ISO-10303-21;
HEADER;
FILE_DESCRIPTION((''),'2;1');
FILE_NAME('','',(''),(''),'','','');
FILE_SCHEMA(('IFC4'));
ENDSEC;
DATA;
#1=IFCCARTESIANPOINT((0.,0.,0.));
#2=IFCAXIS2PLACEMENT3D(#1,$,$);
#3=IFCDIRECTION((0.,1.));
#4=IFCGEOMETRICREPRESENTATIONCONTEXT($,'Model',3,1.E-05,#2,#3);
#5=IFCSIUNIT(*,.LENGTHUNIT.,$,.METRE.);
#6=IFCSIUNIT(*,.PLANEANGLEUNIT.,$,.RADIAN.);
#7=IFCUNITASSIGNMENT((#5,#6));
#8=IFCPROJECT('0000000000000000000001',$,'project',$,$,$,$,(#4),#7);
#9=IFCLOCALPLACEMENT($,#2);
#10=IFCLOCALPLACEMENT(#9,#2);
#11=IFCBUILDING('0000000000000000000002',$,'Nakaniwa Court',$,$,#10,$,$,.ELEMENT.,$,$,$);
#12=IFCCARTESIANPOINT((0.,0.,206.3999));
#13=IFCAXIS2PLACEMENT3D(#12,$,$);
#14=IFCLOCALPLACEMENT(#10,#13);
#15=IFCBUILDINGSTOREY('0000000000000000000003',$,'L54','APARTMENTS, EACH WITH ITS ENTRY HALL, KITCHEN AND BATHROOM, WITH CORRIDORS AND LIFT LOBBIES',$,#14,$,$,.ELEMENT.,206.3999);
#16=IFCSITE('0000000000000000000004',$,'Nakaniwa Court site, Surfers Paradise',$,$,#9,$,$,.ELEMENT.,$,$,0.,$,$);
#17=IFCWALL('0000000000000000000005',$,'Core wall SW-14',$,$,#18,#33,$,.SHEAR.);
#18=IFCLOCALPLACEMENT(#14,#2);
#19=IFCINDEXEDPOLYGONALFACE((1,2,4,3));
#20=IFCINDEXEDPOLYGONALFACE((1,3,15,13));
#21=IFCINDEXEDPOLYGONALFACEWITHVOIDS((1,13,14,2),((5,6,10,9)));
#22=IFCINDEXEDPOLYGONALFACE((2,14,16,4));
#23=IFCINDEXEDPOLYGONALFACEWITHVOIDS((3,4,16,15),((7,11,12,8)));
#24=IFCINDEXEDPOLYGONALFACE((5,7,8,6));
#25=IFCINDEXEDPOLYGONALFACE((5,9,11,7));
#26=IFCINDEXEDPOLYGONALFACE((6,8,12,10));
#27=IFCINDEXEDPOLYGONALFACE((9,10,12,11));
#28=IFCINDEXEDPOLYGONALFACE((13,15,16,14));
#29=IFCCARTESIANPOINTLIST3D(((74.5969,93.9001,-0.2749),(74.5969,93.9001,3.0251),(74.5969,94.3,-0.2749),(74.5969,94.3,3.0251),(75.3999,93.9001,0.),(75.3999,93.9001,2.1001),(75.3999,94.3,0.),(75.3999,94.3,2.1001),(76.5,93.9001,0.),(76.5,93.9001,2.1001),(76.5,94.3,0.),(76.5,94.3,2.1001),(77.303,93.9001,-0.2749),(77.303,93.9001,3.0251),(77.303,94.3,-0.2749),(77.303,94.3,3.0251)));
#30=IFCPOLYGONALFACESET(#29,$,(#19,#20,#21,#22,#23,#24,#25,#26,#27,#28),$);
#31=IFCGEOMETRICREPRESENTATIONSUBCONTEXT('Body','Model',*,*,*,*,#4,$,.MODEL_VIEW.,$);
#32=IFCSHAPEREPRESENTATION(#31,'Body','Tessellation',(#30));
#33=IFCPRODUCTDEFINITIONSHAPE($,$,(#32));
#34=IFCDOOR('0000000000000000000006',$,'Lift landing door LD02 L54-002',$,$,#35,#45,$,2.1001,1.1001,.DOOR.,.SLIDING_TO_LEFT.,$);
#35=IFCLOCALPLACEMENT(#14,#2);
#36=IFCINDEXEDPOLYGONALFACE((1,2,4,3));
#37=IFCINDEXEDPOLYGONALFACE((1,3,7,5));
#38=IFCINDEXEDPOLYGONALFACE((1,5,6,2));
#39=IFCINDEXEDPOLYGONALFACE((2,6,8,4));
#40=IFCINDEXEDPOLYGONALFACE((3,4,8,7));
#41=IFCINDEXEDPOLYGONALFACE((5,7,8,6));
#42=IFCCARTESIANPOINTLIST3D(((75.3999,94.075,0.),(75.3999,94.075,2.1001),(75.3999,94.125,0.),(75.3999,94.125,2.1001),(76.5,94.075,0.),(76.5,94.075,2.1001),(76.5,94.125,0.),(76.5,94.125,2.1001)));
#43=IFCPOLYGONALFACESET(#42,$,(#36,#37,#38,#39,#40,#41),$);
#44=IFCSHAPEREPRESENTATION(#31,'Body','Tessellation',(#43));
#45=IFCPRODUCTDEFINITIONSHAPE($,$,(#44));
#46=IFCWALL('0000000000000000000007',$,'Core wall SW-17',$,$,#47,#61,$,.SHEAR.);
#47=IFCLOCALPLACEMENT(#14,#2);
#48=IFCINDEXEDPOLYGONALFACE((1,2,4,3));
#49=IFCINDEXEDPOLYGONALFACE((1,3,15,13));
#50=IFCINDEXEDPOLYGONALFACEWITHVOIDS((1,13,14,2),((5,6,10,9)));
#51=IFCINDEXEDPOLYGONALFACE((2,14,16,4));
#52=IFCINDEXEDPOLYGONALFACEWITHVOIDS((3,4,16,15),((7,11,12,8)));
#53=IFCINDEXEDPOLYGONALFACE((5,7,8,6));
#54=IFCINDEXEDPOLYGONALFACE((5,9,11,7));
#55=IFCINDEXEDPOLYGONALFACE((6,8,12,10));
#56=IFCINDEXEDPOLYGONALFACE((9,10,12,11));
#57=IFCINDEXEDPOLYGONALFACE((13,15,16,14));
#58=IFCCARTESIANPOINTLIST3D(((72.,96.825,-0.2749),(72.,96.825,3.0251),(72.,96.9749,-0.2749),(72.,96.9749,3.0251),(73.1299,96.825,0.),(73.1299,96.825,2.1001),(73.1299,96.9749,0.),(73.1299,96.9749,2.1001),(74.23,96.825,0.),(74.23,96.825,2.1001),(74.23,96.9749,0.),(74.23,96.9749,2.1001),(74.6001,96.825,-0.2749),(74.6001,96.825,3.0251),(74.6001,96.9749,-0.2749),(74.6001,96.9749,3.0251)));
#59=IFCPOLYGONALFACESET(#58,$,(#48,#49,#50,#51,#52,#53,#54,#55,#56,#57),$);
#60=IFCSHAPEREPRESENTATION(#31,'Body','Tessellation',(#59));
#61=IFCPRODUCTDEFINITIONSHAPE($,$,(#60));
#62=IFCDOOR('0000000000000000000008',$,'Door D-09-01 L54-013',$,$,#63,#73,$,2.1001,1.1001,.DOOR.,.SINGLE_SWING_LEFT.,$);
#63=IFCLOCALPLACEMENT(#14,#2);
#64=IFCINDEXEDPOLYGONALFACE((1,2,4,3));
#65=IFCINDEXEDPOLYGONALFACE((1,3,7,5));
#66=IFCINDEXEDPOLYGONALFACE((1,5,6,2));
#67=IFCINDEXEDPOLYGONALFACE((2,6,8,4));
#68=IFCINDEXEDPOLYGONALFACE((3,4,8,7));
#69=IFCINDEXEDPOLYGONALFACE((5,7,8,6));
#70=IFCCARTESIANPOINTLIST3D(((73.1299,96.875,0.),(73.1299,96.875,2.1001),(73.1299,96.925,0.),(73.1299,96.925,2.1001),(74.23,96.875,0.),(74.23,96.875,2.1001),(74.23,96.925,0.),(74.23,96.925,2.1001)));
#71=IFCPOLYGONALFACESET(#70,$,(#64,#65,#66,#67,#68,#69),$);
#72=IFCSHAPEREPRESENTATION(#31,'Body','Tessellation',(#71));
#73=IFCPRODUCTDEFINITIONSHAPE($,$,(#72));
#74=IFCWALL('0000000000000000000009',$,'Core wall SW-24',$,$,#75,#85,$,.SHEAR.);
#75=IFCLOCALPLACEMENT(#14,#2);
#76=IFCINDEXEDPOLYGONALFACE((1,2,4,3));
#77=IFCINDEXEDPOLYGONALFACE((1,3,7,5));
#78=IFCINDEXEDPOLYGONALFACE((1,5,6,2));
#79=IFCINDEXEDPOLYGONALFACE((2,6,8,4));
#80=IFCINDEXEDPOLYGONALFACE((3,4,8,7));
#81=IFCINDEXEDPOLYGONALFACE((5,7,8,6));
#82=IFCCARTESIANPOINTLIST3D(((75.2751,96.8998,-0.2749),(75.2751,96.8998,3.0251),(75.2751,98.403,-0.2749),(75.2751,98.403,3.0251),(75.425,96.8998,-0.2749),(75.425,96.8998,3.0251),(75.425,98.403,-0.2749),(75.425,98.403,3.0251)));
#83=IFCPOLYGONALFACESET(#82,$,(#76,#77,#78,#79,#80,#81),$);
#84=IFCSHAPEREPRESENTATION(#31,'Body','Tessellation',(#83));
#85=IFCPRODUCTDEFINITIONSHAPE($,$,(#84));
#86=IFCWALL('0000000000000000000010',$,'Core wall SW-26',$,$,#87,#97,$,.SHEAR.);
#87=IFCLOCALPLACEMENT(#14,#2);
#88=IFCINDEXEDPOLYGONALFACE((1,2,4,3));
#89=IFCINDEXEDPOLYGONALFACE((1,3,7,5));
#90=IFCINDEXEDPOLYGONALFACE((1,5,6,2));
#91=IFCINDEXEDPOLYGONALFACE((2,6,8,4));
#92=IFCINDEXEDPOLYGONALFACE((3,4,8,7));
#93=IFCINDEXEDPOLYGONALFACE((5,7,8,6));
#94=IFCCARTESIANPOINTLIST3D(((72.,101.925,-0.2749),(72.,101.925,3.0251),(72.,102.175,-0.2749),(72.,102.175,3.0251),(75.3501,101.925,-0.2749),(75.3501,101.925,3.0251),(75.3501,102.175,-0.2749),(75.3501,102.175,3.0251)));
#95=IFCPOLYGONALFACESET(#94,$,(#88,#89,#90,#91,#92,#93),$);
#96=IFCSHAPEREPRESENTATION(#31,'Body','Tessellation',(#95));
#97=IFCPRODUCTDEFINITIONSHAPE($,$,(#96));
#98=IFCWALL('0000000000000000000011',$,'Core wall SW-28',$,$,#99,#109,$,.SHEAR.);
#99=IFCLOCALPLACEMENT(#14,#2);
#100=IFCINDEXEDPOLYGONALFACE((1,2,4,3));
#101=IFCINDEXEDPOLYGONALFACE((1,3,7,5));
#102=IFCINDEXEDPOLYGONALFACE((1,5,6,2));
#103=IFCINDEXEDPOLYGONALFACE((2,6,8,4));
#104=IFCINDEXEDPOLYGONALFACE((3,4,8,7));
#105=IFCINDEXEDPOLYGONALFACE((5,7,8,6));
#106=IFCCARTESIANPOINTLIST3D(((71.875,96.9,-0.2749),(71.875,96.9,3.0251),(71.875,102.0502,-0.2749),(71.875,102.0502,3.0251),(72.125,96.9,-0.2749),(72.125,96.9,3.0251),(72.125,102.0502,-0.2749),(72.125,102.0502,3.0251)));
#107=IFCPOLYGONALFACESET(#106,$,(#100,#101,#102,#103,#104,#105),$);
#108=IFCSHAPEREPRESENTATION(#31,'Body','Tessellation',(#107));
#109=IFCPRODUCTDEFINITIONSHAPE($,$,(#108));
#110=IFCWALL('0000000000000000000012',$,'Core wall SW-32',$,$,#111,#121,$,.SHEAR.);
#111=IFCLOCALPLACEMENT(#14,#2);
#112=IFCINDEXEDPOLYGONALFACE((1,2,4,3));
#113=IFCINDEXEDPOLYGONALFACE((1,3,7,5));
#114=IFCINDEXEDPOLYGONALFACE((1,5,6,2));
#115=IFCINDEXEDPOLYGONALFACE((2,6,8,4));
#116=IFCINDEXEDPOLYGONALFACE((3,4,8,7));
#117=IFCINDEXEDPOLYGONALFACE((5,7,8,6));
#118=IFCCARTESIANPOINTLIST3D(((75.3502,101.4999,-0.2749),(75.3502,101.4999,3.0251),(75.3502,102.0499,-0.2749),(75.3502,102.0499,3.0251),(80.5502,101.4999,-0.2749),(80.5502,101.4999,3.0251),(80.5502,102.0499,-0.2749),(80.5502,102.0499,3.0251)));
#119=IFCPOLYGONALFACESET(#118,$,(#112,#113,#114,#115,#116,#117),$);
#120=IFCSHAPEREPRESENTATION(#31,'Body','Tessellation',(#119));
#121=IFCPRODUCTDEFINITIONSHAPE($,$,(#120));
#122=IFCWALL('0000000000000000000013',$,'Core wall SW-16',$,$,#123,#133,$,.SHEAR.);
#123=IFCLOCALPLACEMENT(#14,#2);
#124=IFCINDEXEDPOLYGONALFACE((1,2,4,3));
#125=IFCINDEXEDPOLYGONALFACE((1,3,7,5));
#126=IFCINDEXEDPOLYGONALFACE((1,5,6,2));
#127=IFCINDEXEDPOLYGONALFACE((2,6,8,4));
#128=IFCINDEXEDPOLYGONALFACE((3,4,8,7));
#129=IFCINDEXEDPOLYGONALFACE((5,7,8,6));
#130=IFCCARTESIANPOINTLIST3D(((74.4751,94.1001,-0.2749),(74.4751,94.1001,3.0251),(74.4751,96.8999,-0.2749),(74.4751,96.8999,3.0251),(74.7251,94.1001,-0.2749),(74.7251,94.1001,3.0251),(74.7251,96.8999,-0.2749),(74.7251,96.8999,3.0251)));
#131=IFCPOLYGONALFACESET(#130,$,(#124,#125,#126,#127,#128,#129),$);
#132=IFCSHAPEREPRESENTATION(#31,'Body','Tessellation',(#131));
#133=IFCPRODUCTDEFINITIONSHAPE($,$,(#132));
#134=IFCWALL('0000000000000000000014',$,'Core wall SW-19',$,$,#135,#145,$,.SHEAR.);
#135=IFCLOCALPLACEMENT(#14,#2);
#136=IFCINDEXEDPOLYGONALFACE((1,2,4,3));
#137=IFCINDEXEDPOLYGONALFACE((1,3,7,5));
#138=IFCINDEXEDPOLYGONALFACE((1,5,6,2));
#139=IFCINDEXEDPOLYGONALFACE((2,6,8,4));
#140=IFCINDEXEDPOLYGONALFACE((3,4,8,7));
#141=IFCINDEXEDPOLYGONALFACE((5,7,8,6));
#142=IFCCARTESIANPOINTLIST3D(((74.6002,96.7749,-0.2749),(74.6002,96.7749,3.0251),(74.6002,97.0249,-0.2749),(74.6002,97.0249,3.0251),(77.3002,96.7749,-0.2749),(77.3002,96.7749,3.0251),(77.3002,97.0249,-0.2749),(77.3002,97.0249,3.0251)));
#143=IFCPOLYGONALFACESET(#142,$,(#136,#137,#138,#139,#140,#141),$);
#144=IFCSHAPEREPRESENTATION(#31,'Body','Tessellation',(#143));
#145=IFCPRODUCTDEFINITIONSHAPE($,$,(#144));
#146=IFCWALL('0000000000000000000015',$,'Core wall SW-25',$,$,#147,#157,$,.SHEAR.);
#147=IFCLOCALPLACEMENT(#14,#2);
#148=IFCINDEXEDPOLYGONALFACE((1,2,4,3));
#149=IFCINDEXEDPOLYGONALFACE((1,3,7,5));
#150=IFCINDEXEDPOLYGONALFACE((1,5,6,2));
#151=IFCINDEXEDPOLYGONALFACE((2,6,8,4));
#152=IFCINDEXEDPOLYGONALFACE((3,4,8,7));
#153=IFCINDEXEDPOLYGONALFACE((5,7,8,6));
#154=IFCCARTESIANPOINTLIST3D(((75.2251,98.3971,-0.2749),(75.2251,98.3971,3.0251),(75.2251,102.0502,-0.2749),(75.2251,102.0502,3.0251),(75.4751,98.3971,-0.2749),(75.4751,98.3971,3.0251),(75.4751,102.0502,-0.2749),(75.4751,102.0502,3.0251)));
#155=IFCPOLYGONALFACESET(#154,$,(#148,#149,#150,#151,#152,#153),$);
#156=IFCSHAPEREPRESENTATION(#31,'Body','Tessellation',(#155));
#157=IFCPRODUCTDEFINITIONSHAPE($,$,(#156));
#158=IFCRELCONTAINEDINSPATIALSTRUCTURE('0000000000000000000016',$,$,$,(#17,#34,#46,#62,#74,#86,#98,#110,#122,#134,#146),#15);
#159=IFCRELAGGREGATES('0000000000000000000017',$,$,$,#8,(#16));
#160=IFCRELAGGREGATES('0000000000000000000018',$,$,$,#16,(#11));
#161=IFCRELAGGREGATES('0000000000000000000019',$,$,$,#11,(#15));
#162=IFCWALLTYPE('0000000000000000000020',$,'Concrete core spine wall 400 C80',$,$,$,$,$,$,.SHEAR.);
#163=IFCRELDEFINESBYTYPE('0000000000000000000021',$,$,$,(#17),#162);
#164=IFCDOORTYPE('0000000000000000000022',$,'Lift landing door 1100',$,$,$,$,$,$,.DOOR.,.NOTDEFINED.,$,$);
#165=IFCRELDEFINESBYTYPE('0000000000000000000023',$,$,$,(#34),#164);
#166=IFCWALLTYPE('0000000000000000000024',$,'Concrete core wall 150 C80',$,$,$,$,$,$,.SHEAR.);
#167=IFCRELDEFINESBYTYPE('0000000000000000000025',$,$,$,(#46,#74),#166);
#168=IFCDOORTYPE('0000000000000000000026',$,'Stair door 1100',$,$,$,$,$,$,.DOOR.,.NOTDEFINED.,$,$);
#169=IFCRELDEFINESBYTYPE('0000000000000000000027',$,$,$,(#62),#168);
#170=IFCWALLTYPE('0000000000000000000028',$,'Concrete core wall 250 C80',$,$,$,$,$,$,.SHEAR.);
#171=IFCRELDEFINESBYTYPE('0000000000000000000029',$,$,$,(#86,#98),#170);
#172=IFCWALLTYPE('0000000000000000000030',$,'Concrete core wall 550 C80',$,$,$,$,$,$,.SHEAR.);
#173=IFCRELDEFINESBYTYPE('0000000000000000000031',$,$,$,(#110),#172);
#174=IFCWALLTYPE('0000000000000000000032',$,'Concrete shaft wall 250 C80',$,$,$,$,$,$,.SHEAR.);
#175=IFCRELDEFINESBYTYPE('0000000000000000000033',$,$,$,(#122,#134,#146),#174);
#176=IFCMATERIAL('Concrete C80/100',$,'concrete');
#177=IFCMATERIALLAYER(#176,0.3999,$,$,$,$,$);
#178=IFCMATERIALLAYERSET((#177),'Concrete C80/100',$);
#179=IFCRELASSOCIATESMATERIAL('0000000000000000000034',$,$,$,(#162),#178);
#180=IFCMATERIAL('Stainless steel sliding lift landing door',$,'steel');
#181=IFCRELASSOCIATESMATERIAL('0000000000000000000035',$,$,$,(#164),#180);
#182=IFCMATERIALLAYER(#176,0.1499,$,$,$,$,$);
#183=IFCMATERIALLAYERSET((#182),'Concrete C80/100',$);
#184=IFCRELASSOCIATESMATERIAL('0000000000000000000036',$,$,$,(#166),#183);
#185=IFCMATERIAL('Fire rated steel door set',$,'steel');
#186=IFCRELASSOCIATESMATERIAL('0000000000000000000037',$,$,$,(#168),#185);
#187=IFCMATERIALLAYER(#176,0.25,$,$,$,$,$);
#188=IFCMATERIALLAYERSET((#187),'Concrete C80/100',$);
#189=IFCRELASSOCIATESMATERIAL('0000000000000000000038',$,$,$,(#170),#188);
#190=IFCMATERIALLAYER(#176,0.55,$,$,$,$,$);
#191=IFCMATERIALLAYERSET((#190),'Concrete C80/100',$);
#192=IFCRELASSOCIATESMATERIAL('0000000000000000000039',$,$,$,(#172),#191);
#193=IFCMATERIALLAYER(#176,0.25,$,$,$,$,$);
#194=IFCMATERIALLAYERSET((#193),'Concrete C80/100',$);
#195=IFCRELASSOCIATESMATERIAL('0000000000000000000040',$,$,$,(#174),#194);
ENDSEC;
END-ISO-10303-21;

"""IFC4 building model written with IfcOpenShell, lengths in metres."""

from ifc_helpers import new_model, si_unit, direction, frame, frame_2d, origin, place, context, subcontext, project, spatial, rectangle, extrude, material, layer, layer_set, type_object, element, fill, save


model = new_model("IFC4")

# Units and contexts
model_context = context("Model", 3, precision=1e-05, world=origin(), true_north=direction((0.0, 1.0)))
body_context = subcontext(model_context, "Body", "Model", "MODEL_VIEW")
ifc_project = project(units=[si_unit("LENGTHUNIT", "METRE"), si_unit("PLANEANGLEUNIT", "RADIAN")], contexts=[model_context])

# Site, building, storey
site_placement = place(None, origin())
site = spatial("IfcSite", under=ifc_project, at=site_placement, Name="Nakaniwa Court site, Surfers Paradise", CompositionType="ELEMENT", RefElevation=0.0)
building_placement = place(site_placement, origin())
building = spatial("IfcBuilding", under=site, at=building_placement, Name="Nakaniwa Court", CompositionType="ELEMENT")
storey_placement = place(building_placement, frame((0.0, 0.0, 206.3999)))
storey = spatial("IfcBuildingStorey", under=building, at=storey_placement, Name="L54", Description="APARTMENTS, EACH WITH ITS ENTRY HALL, KITCHEN AND BATHROOM, WITH CORRIDORS AND LIFT LOBBIES", CompositionType="ELEMENT", Elevation=206.3999)

# Shared definitions
ifc_material_1 = material(Name="Concrete C80/100", Category="concrete")

# Shared definitions
ifc_material_2 = material(Name="Fire rated steel door set", Category="steel")

# Walls, openings, doors
ifc_layer_1 = layer(ifc_material_1, 0.3999)
ifc_layer_set_1 = layer_set([ifc_layer_1], Name="Concrete C80/100")
wall_type_1 = type_object("IfcWallType", Name="Concrete core spine wall 400 C80", PredefinedType="SHEAR", material=ifc_layer_set_1)
wall_1_placement = place(storey_placement, frame((74.5969, 94.1001, -0.2749), z_axis=(0.0, 0.0, 1.0), x_axis=(1.0, 0.0, 0.0)))
wall_1 = element("IfcWall", 1, at=wall_1_placement, inside=storey, type_object=wall_type_1, Name="Core wall SW-14", PredefinedType="SHEAR", context=body_context, shape_type="SweptSolid", body=[
    extrude(rectangle(XDim=2.7061, YDim=0.3999, at=frame_2d((1.353, 0.0))), origin(), (0.0, 0.0, 1.0), 3.3),
])
opening_1_placement = place(wall_1_placement, frame((0.803, 0.0, 0.2749)))
opening_1 = element("IfcOpeningElement", 2, at=opening_1_placement, cuts=wall_1, PredefinedType="OPENING", context=body_context, shape_type="SweptSolid", body=[
    extrude(rectangle(XDim=1.1001, YDim=2.1001, at=frame_2d((0.55, 1.05))), frame((0.0, 0.21, 0.0), z_axis=(0.0, -1.0, 0.0), x_axis=(1.0, 0.0, 0.0)), (0.0, 0.0, 1.0), 0.4199),
])
ifc_material_3 = material(Name="Stainless steel sliding lift landing door", Category="steel")
door_type_1 = type_object("IfcDoorType", Name="Lift landing door 1100", OperationType="NOTDEFINED", PredefinedType="DOOR", material=ifc_material_3)
door_1_placement = place(opening_1_placement, origin())
door_1 = element("IfcDoor", 3, at=door_1_placement, inside=storey, type_object=door_type_1, Name="Lift landing door LD02 L54-002", OperationType="SLIDING_TO_LEFT", OverallHeight=2.1001, OverallWidth=1.1001, PredefinedType="DOOR", context=body_context, shape_type="SweptSolid", body=[
    extrude(rectangle(XDim=1.1001, YDim=2.1001, at=frame_2d((0.55, 1.05))), frame((0.0, 0.0249, 0.0), z_axis=(0.0, -1.0, 0.0), x_axis=(1.0, 0.0, 0.0)), (0.0, 0.0, 1.0), 0.05),
])
fill(opening_1, door_1)
ifc_layer_2 = layer(ifc_material_1, 0.1499)
ifc_layer_set_2 = layer_set([ifc_layer_2], Name="Concrete C80/100")
wall_type_2 = type_object("IfcWallType", Name="Concrete core wall 150 C80", PredefinedType="SHEAR", material=ifc_layer_set_2)
wall_2_placement = place(storey_placement, frame((74.6001, 96.8999, -0.2749), z_axis=(0.0, 0.0, 1.0), x_axis=(-1.0, 0.0, 0.0)))
wall_2 = element("IfcWall", 4, at=wall_2_placement, inside=storey, type_object=wall_type_2, Name="Core wall SW-17", PredefinedType="SHEAR", context=body_context, shape_type="SweptSolid", body=[
    extrude(rectangle(XDim=2.6001, YDim=0.1499, at=frame_2d((1.3, 0.0))), origin(), (0.0, 0.0, 1.0), 3.3),
])
opening_2_placement = place(wall_2_placement, frame((0.3701, 0.0, 0.2749)))
opening_2 = element("IfcOpeningElement", 5, at=opening_2_placement, cuts=wall_2, PredefinedType="OPENING", context=body_context, shape_type="SweptSolid", body=[
    extrude(rectangle(XDim=1.1001, YDim=2.1001, at=frame_2d((0.55, 1.05))), frame((0.0, 0.085, 0.0), z_axis=(0.0, -1.0, 0.0), x_axis=(1.0, 0.0, 0.0)), (0.0, 0.0, 1.0), 0.1699),
])
door_type_2 = type_object("IfcDoorType", Name="Stair door 1100", OperationType="NOTDEFINED", PredefinedType="DOOR", material=ifc_material_2)
door_2_placement = place(opening_2_placement, origin())
door_2 = element("IfcDoor", 6, at=door_2_placement, inside=storey, type_object=door_type_2, Name="Door D-09-01 L54-013", OperationType="SINGLE_SWING_LEFT", OverallHeight=2.1001, OverallWidth=1.1001, PredefinedType="DOOR", context=body_context, shape_type="SweptSolid", body=[
    extrude(rectangle(XDim=1.1001, YDim=2.1001, at=frame_2d((0.55, 1.05))), frame((0.0, 0.0249, 0.0), z_axis=(0.0, -1.0, 0.0), x_axis=(1.0, 0.0, 0.0)), (0.0, 0.0, 1.0), 0.05),
])
fill(opening_2, door_2)

# Walls
wall_3_placement = place(storey_placement, frame((75.3501, 96.8999, -0.2749), z_axis=(0.0, 0.0, 1.0), x_axis=(0.0, 1.0, 0.0)))
element("IfcWall", 7, at=wall_3_placement, inside=storey, type_object=wall_type_2, Name="Core wall SW-24", PredefinedType="SHEAR", context=body_context, shape_type="SweptSolid", body=[
    extrude(rectangle(XDim=1.5032, YDim=0.1499, at=frame_2d((0.7515, 0.0))), origin(), (0.0, 0.0, 1.0), 3.3),
])
ifc_layer_3 = layer(ifc_material_1, 0.25)
ifc_layer_set_3 = layer_set([ifc_layer_3], Name="Concrete C80/100")
wall_type_3 = type_object("IfcWallType", Name="Concrete core wall 250 C80", PredefinedType="SHEAR", material=ifc_layer_set_3)
wall_4_placement = place(storey_placement, frame((72.0, 102.05, -0.2749), z_axis=(0.0, 0.0, 1.0), x_axis=(1.0, 0.0, 0.0)))
element("IfcWall", 8, at=wall_4_placement, inside=storey, type_object=wall_type_3, Name="Core wall SW-26", PredefinedType="SHEAR", context=body_context, shape_type="SweptSolid", body=[
    extrude(rectangle(XDim=3.3501, YDim=0.25, at=frame_2d((1.675, 0.0))), origin(), (0.0, 0.0, 1.0), 3.3),
])
wall_5_placement = place(storey_placement, frame((72.0, 96.8999, -0.2749), z_axis=(0.0, 0.0, 1.0), x_axis=(0.0, 1.0, 0.0)))
element("IfcWall", 9, at=wall_5_placement, inside=storey, type_object=wall_type_3, Name="Core wall SW-28", PredefinedType="SHEAR", context=body_context, shape_type="SweptSolid", body=[
    extrude(rectangle(XDim=5.1501, YDim=0.25, at=frame_2d((2.5752, 0.0))), origin(), (0.0, 0.0, 1.0), 3.3),
])
ifc_layer_4 = layer(ifc_material_1, 0.55)
ifc_layer_set_4 = layer_set([ifc_layer_4], Name="Concrete C80/100")
wall_type_4 = type_object("IfcWallType", Name="Concrete core wall 550 C80", PredefinedType="SHEAR", material=ifc_layer_set_4)
wall_6_placement = place(storey_placement, frame((75.3501, 101.7749, -0.2749), z_axis=(0.0, 0.0, 1.0), x_axis=(1.0, 0.0, 0.0)))
element("IfcWall", 10, at=wall_6_placement, inside=storey, type_object=wall_type_4, Name="Core wall SW-32", PredefinedType="SHEAR", context=body_context, shape_type="SweptSolid", body=[
    extrude(rectangle(XDim=5.2, YDim=0.55, at=frame_2d((2.6001, 0.0))), origin(), (0.0, 0.0, 1.0), 3.3),
])
ifc_layer_5 = layer(ifc_material_1, 0.25)
ifc_layer_set_5 = layer_set([ifc_layer_5], Name="Concrete C80/100")
wall_type_5 = type_object("IfcWallType", Name="Concrete shaft wall 250 C80", PredefinedType="SHEAR", material=ifc_layer_set_5)
wall_7_placement = place(storey_placement, frame((74.6001, 94.1001, -0.2749), z_axis=(0.0, 0.0, 1.0), x_axis=(0.0, 1.0, 0.0)))
element("IfcWall", 11, at=wall_7_placement, inside=storey, type_object=wall_type_5, Name="Core wall SW-16", PredefinedType="SHEAR", context=body_context, shape_type="SweptSolid", body=[
    extrude(rectangle(XDim=2.7998, YDim=0.25, at=frame_2d((1.3999, 0.0))), origin(), (0.0, 0.0, 1.0), 3.3),
])
wall_8_placement = place(storey_placement, frame((74.6001, 96.8999, -0.2749), z_axis=(0.0, 0.0, 1.0), x_axis=(1.0, 0.0, 0.0)))
element("IfcWall", 12, at=wall_8_placement, inside=storey, type_object=wall_type_5, Name="Core wall SW-19", PredefinedType="SHEAR", context=body_context, shape_type="SweptSolid", body=[
    extrude(rectangle(XDim=2.7, YDim=0.25, at=frame_2d((1.3501, 0.0))), origin(), (0.0, 0.0, 1.0), 3.3),
])
wall_9_placement = place(storey_placement, frame((75.3501, 98.397, -0.2749), z_axis=(0.0, 0.0, 1.0), x_axis=(0.0, 1.0, 0.0)))
element("IfcWall", 13, at=wall_9_placement, inside=storey, type_object=wall_type_5, Name="Core wall SW-25", PredefinedType="SHEAR", context=body_context, shape_type="SweptSolid", body=[
    extrude(rectangle(XDim=3.6531, YDim=0.25, at=frame_2d((1.8267, 0.0))), origin(), (0.0, 0.0, 1.0), 3.3),
])

save(model, "model.ifc")
